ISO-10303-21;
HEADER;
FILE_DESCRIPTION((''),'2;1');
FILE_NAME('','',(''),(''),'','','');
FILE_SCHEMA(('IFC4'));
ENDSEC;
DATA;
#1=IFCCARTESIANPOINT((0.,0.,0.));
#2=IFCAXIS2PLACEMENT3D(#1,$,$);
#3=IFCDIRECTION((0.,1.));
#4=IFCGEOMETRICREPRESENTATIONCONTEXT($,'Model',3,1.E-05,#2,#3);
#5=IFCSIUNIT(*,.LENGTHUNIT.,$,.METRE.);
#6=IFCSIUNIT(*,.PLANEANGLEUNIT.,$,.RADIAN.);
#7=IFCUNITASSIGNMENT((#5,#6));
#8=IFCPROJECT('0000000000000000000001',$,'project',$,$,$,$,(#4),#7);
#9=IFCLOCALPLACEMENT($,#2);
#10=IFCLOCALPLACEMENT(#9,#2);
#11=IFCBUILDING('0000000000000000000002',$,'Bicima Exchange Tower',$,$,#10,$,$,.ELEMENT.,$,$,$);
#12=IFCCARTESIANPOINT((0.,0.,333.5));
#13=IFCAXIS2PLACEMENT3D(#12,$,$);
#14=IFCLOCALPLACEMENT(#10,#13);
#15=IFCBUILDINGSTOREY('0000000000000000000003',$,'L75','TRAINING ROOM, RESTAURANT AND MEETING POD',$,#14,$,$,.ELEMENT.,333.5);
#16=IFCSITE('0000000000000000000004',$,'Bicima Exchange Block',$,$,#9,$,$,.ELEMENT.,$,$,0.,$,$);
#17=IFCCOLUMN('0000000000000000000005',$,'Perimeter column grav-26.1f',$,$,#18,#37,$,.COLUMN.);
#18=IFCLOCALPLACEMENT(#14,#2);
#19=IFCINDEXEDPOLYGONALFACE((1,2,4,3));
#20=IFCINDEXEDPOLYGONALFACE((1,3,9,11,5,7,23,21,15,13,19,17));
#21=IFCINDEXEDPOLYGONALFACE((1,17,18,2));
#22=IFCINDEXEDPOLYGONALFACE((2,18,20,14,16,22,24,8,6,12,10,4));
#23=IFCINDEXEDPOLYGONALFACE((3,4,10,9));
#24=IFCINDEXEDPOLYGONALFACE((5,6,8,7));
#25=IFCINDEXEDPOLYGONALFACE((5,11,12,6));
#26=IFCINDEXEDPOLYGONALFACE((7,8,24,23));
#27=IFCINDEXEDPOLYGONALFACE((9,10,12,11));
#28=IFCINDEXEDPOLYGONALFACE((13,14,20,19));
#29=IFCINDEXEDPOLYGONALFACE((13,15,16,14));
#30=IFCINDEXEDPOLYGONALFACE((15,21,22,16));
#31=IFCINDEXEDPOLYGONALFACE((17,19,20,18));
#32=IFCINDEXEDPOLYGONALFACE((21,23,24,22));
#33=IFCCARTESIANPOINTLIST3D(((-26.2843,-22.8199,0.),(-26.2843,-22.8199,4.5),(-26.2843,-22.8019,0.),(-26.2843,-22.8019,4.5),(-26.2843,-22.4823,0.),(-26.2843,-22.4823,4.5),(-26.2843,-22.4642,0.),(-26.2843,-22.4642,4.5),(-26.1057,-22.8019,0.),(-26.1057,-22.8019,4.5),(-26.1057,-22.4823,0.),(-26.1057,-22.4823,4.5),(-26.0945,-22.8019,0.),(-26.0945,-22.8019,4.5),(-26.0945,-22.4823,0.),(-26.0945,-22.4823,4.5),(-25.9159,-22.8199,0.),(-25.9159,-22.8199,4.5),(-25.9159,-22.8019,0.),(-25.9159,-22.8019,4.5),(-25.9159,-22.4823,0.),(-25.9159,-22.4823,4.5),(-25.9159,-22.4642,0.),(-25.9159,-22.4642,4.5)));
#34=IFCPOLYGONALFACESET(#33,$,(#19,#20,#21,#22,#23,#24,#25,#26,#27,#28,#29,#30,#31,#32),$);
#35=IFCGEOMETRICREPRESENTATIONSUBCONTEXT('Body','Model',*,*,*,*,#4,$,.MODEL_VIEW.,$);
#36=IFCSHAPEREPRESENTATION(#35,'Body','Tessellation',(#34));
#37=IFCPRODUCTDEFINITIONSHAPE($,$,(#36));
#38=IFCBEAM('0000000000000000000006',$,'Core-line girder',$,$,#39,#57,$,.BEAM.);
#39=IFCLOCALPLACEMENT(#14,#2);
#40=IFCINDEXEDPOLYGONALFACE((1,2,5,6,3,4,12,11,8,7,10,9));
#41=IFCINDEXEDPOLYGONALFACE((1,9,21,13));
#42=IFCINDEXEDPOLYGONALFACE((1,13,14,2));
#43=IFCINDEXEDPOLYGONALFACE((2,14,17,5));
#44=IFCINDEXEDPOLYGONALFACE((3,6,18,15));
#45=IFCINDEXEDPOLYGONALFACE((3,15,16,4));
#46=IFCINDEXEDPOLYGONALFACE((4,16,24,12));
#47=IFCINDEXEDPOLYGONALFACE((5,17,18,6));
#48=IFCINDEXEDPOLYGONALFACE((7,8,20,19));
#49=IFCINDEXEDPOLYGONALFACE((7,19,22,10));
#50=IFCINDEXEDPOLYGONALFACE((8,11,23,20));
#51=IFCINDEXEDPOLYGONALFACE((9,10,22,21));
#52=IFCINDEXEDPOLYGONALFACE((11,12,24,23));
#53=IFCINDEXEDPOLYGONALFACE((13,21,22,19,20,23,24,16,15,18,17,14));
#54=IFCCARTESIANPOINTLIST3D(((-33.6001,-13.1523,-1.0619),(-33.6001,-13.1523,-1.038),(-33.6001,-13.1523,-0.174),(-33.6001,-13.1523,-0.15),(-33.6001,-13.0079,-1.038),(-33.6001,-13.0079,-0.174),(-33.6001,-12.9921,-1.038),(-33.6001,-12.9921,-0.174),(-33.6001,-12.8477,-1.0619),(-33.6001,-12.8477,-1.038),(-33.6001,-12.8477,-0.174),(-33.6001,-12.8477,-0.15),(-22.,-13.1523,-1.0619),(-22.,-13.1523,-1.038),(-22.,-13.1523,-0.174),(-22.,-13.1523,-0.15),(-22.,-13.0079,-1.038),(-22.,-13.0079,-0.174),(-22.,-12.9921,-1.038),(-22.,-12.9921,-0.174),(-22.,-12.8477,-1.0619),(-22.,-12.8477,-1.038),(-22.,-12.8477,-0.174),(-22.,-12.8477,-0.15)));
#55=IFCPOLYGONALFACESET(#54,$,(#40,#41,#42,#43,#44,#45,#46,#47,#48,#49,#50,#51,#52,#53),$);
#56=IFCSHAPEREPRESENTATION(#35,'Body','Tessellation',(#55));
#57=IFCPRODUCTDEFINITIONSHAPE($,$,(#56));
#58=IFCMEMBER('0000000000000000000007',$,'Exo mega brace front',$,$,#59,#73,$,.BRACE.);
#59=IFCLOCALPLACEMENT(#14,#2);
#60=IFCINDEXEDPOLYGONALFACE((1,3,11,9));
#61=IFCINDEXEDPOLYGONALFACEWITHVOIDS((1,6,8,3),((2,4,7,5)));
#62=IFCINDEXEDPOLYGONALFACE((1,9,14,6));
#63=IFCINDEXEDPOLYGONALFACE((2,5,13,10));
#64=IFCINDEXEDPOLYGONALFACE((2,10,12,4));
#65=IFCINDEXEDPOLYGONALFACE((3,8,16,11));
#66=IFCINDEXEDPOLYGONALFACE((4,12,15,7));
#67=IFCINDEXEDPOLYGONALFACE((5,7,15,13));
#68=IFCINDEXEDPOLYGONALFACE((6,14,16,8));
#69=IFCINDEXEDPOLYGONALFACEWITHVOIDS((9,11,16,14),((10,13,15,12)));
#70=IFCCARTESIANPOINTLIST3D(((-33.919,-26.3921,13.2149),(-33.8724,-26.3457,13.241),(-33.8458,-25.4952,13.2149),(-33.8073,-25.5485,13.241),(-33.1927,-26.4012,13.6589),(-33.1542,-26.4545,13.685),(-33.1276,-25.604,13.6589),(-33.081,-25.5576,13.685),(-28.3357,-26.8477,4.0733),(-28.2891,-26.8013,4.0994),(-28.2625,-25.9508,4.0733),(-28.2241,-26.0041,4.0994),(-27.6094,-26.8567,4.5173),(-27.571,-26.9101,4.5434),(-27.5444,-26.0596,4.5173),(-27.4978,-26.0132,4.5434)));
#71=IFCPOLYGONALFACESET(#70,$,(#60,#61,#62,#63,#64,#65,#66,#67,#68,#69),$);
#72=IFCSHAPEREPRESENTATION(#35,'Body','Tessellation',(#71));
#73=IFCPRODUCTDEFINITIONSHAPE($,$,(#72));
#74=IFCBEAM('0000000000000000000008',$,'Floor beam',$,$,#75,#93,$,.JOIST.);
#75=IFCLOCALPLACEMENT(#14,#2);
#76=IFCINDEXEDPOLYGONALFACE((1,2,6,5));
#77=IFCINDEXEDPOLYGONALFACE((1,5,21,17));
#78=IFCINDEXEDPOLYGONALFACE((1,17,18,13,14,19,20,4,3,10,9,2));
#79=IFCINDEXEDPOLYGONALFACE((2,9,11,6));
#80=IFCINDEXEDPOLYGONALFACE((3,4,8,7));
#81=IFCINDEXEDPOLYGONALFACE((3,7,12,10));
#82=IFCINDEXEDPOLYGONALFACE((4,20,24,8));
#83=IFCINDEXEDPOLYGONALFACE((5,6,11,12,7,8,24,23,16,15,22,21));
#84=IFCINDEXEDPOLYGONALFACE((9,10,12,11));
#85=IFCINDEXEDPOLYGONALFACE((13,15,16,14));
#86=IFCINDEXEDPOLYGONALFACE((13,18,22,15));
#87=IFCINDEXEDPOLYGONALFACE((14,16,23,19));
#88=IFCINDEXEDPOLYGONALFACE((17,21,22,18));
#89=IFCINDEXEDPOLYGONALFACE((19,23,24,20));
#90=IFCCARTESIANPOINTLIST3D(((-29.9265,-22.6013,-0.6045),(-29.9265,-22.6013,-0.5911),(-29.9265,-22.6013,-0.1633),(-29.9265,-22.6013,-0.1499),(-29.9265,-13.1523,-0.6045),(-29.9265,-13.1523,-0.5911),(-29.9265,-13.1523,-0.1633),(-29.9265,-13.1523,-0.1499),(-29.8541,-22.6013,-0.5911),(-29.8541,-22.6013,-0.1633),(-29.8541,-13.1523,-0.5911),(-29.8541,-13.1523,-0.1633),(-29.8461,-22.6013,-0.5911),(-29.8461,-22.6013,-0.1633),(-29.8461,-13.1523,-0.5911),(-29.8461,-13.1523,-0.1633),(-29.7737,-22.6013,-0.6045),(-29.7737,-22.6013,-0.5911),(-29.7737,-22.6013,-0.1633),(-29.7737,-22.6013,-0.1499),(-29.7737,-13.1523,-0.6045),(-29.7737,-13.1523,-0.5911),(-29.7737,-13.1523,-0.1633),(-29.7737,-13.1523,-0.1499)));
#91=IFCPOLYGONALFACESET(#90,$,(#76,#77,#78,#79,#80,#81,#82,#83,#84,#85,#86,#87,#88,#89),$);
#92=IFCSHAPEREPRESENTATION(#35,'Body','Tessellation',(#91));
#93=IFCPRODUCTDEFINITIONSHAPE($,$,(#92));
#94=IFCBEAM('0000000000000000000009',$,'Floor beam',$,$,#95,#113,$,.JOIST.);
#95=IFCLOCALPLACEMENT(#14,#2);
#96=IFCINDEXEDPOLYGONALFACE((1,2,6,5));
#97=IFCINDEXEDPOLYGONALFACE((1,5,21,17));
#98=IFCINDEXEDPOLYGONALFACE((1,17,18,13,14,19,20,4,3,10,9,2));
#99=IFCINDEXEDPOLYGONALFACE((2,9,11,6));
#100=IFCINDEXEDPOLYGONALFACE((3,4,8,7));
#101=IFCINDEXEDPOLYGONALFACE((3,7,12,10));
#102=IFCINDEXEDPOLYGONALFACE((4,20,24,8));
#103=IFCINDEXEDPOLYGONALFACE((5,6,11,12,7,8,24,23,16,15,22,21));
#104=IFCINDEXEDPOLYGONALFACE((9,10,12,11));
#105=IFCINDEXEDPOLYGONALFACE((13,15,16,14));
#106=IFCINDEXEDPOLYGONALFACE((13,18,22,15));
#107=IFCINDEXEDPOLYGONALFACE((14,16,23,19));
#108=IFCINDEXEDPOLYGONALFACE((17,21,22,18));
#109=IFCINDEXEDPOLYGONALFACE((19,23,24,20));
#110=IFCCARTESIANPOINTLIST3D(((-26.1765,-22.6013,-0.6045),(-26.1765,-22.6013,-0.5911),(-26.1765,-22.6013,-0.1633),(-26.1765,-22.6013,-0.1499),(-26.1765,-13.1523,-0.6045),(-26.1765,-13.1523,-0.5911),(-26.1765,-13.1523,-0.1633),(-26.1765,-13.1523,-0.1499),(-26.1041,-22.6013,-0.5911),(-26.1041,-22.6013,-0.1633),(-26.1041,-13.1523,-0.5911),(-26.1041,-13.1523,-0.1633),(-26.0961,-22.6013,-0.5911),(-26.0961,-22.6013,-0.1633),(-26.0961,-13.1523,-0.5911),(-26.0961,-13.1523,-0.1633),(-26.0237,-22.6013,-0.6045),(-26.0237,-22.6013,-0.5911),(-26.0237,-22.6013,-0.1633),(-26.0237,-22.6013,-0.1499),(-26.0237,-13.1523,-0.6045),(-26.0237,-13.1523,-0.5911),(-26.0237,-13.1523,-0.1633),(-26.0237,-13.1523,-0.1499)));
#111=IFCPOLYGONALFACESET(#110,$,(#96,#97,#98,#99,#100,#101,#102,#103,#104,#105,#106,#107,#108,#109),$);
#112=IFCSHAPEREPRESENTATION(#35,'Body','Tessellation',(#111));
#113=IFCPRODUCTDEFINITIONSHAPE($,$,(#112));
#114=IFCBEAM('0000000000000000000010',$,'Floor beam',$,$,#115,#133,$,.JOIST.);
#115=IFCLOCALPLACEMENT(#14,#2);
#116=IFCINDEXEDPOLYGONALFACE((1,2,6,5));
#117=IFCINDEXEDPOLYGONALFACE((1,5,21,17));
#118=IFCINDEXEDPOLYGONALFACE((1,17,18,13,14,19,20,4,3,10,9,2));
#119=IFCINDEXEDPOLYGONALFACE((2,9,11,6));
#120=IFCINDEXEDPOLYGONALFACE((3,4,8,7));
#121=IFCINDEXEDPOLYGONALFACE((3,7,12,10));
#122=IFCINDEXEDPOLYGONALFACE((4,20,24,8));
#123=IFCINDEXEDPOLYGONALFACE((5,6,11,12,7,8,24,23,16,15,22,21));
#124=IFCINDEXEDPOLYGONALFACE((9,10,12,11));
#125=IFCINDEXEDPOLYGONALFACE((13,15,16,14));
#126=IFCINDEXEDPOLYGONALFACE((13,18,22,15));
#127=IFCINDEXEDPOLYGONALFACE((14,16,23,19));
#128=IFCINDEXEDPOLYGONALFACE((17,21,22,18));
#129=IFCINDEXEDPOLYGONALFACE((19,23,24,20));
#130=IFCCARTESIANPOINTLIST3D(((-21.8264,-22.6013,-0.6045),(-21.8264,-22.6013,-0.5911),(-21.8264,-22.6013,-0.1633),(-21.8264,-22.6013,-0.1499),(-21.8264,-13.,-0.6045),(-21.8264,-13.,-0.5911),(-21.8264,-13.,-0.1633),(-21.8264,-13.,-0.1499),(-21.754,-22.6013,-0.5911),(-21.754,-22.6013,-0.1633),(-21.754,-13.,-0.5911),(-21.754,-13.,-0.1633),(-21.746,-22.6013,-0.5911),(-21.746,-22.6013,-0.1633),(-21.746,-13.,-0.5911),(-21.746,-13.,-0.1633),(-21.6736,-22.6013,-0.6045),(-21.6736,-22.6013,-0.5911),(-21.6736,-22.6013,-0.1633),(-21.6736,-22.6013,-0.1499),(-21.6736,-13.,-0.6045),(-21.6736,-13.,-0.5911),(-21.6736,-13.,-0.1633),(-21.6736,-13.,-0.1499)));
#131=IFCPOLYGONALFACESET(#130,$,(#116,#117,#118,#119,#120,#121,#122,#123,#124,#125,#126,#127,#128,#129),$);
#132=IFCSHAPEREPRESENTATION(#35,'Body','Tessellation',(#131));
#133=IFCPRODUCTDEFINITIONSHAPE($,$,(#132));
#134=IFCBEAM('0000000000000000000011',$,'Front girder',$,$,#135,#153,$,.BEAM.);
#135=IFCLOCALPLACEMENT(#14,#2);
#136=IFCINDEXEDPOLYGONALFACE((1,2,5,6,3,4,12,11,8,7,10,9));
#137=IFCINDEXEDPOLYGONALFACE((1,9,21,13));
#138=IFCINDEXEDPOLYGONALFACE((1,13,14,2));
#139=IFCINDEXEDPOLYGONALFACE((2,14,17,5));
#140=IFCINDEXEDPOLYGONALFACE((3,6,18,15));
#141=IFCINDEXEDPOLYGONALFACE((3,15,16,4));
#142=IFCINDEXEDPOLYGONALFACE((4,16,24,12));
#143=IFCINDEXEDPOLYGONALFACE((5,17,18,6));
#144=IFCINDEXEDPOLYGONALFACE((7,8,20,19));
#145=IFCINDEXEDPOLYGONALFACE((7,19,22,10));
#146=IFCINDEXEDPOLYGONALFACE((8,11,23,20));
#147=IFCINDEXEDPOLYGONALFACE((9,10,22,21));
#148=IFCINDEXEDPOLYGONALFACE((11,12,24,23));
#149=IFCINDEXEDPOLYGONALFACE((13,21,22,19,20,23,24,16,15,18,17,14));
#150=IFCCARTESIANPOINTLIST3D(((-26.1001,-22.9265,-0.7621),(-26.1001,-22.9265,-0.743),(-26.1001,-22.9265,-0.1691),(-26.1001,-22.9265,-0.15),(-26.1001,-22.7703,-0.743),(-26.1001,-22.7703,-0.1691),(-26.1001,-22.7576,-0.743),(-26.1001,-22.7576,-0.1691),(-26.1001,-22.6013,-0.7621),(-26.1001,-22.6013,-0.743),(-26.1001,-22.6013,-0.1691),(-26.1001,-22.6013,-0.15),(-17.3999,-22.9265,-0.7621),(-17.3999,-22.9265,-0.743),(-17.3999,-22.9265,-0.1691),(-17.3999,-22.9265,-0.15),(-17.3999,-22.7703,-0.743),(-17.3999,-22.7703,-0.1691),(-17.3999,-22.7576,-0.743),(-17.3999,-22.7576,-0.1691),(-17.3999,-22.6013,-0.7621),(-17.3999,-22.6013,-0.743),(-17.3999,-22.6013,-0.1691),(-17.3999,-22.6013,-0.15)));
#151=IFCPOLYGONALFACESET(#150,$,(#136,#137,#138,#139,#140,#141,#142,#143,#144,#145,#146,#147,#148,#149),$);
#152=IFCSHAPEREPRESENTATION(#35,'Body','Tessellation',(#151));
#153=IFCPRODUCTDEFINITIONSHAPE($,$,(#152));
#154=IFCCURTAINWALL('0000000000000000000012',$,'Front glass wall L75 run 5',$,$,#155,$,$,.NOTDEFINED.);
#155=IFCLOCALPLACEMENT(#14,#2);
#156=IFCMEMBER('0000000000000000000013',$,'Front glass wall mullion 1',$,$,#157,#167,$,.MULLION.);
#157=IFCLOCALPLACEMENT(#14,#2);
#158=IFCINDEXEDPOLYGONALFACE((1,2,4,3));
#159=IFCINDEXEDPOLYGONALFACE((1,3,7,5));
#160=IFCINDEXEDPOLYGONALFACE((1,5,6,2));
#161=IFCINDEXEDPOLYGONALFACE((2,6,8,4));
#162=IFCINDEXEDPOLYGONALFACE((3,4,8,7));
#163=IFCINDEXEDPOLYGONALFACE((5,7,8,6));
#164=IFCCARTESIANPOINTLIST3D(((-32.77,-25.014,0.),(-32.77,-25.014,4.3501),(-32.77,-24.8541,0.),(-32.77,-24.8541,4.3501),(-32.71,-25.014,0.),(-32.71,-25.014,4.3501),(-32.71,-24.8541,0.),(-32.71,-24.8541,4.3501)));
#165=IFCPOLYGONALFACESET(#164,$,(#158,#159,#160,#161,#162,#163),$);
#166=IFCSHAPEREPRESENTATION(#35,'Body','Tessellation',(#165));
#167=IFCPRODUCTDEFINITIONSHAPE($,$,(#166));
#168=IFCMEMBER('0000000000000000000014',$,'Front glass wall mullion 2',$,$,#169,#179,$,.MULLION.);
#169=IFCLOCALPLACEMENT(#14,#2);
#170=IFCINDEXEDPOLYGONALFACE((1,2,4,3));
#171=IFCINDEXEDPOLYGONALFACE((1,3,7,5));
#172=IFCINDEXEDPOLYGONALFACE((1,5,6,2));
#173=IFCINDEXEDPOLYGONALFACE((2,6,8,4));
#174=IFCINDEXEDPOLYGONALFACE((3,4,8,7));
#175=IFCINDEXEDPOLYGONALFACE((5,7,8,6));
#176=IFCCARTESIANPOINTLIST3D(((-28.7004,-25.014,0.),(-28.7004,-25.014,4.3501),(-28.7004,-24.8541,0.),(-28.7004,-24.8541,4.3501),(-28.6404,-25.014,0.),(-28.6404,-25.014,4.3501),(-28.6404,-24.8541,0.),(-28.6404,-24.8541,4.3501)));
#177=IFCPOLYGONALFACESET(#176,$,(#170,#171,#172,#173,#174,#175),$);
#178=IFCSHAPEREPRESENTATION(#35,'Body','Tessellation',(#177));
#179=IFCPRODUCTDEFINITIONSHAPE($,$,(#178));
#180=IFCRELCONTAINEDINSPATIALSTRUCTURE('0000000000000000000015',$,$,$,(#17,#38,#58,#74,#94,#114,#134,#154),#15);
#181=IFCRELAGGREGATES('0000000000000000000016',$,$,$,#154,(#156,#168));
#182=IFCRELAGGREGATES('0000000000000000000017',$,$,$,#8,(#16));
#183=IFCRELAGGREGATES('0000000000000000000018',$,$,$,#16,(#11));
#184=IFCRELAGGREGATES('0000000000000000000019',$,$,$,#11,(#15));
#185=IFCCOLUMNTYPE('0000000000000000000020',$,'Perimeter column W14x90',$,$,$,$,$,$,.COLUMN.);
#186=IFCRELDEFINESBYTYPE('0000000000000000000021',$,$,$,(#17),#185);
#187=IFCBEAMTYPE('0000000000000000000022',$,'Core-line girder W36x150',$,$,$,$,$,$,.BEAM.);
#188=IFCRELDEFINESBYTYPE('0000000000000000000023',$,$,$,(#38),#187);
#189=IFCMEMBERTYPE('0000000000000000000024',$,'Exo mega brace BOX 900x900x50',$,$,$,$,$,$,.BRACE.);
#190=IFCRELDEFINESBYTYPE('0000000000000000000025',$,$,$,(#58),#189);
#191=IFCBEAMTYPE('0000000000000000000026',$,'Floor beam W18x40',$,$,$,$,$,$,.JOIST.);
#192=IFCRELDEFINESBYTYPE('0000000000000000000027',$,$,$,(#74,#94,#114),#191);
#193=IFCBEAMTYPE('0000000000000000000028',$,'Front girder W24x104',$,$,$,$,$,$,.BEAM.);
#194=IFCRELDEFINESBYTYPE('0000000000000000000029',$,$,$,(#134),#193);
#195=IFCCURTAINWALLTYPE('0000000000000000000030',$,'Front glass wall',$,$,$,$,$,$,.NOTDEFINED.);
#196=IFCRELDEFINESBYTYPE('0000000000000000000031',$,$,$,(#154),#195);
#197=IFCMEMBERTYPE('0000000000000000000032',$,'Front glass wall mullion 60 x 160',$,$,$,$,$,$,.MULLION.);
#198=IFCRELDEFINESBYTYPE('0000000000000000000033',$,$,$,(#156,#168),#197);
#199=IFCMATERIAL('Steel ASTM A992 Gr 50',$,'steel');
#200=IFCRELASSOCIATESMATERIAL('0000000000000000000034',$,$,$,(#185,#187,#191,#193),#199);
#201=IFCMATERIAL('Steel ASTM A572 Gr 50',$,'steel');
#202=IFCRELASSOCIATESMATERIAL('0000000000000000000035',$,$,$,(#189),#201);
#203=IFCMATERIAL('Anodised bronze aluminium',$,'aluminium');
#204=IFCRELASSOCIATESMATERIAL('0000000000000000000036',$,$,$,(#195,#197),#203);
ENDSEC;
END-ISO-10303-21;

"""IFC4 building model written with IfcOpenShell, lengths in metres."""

from ifc_helpers import new_model, si_unit, direction, frame, origin, origin_2d, place, context, subcontext, project, spatial, rectangle, hollow_rectangle, i_section, extrude, material, material_profile, profile_set, type_object, element, aggregate, save


model = new_model("IFC4")

# Units and contexts
model_context = context("Model", 3, precision=1e-05, world=origin(), true_north=direction((0.0, 1.0)))
body_context = subcontext(model_context, "Body", "Model", "MODEL_VIEW")
ifc_project = project(units=[si_unit("LENGTHUNIT", "METRE"), si_unit("PLANEANGLEUNIT", "RADIAN")], contexts=[model_context])

# Site, building, storey
site_placement = place(None, origin())
site = spatial("IfcSite", under=ifc_project, at=site_placement, Name="Bicima Exchange Block", CompositionType="ELEMENT", RefElevation=0.0)
building_placement = place(site_placement, origin())
building = spatial("IfcBuilding", under=site, at=building_placement, Name="Bicima Exchange Tower", CompositionType="ELEMENT")
storey_placement = place(building_placement, frame((0.0, 0.0, 333.5)))
storey = spatial("IfcBuildingStorey", under=building, at=storey_placement, Name="L75", Description="TRAINING ROOM, RESTAURANT AND MEETING POD", CompositionType="ELEMENT", Elevation=333.5)

# Column
ifc_material_1 = material(Name="Steel ASTM A992 Gr 50", Category="steel")
ifc_material_profile_1 = material_profile(ifc_material_1, i_section(OverallWidth=0.3684, OverallDepth=0.3557, WebThickness=0.0112, FlangeThickness=0.0181, at=origin_2d()))
ifc_profile_set_1 = profile_set([ifc_material_profile_1], Name="Steel ASTM A992 Gr 50")
column_type = type_object("IfcColumnType", Name="Perimeter column W14x90", PredefinedType="COLUMN", material=ifc_profile_set_1)
column_placement = place(storey_placement, frame((-26.1001, -22.6421, 0.0), z_axis=(0.0, 0.0, 1.0), x_axis=(1.0, 0.0, 0.0)))
element("IfcColumn", 1, at=column_placement, inside=storey, type_object=column_type, Name="Perimeter column grav-26.1f", PredefinedType="COLUMN", context=body_context, shape_type="SweptSolid", body=[
    extrude(i_section(OverallWidth=0.3684, OverallDepth=0.3557, WebThickness=0.0112, FlangeThickness=0.0181, at=origin_2d()), origin(), (0.0, 0.0, 1.0), 4.5),
])

# Beam
ifc_material_profile_2 = material_profile(ifc_material_1, i_section(OverallWidth=0.3047, OverallDepth=0.9119, WebThickness=0.0159, FlangeThickness=0.0239, at=origin_2d()))
ifc_profile_set_2 = profile_set([ifc_material_profile_2], Name="Steel ASTM A992 Gr 50")
beam_type_1 = type_object("IfcBeamType", Name="Core-line girder W36x150", PredefinedType="BEAM", material=ifc_profile_set_2)
beam_1_placement = place(storey_placement, frame((-22.0, -13.0, -0.606), z_axis=(-1.0, 0.0, 0.0), x_axis=(0.0, -1.0, 0.0)))
element("IfcBeam", 2, at=beam_1_placement, inside=storey, type_object=beam_type_1, Name="Core-line girder", PredefinedType="BEAM", context=body_context, shape_type="SweptSolid", body=[
    extrude(i_section(OverallWidth=0.3047, OverallDepth=0.9119, WebThickness=0.0159, FlangeThickness=0.0239, at=origin_2d()), origin(), (0.0, 0.0, 1.0), 11.6001),
])

# Member
ifc_material_2 = material(Name="Steel ASTM A572 Gr 50", Category="steel")
ifc_material_profile_3 = material_profile(ifc_material_2, hollow_rectangle(XDim=0.8999, YDim=0.8999, WallThickness=0.05, at=origin_2d()))
ifc_profile_set_3 = profile_set([ifc_material_profile_3], Name="Steel ASTM A572 Gr 50")
member_type_1 = type_object("IfcMemberType", Name="Exo mega brace BOX 900x900x50", PredefinedType="BRACE", material=ifc_profile_set_3)
member_1_placement = place(storey_placement, frame((-27.9167, -26.4304, 4.3083), z_axis=(-0.520756, 0.042491, 0.852647), x_axis=(-0.081325, -0.996688, 0.0)))
element("IfcMember", 3, at=member_1_placement, inside=storey, type_object=member_type_1, Name="Exo mega brace front", PredefinedType="BRACE", context=body_context, shape_type="SweptSolid", body=[
    extrude(hollow_rectangle(XDim=0.8999, YDim=0.8999, WallThickness=0.05, at=origin_2d()), origin(), (0.0, 0.0, 1.0), 10.7214),
])

# Beams
ifc_material_profile_4 = material_profile(ifc_material_1, i_section(OverallWidth=0.1528, OverallDepth=0.4546, WebThickness=0.0081, FlangeThickness=0.0134, at=origin_2d()))
ifc_profile_set_4 = profile_set([ifc_material_profile_4], Name="Steel ASTM A992 Gr 50")
beam_type_2 = type_object("IfcBeamType", Name="Floor beam W18x40", PredefinedType="JOIST", material=ifc_profile_set_4)
for number, where, z_axis, x_axis, name in (
    (4, (-29.8501, -13.1523, -0.3772), (0.0, -1.0, 0.0), (1.0, 0.0, 0.0), "Floor beam"),
    (5, (-26.1001, -13.1523, -0.3772), (0.0, -1.0, 0.0), (1.0, 0.0, 0.0), "Floor beam"),
):
    element("IfcBeam", number, at=place(storey_placement, frame(where, z_axis=z_axis, x_axis=x_axis)), inside=storey, type_object=beam_type_2, Name=name, PredefinedType="JOIST", context=body_context, shape_type="SweptSolid", body=[
        extrude(i_section(OverallWidth=0.1528, OverallDepth=0.4546, WebThickness=0.0081, FlangeThickness=0.0134, at=origin_2d()), origin(), (0.0, 0.0, 1.0), 9.449),
    ])
beam_2_placement = place(storey_placement, frame((-21.75, -13.0, -0.3772), z_axis=(0.0, -1.0, 0.0), x_axis=(1.0, 0.0, 0.0)))
element("IfcBeam", 6, at=beam_2_placement, inside=storey, type_object=beam_type_2, Name="Floor beam", PredefinedType="JOIST", context=body_context, shape_type="SweptSolid", body=[
    extrude(i_section(OverallWidth=0.1528, OverallDepth=0.4546, WebThickness=0.0081, FlangeThickness=0.0134, at=origin_2d()), origin(), (0.0, 0.0, 1.0), 9.6013),
])
ifc_material_profile_5 = material_profile(ifc_material_1, i_section(OverallWidth=0.3252, OverallDepth=0.6121, WebThickness=0.0127, FlangeThickness=0.019, at=origin_2d()))
ifc_profile_set_5 = profile_set([ifc_material_profile_5], Name="Steel ASTM A992 Gr 50")
beam_type_3 = type_object("IfcBeamType", Name="Front girder W24x104", PredefinedType="BEAM", material=ifc_profile_set_5)
beam_3_placement = place(storey_placement, frame((-26.1001, -22.7639, -0.4561), z_axis=(1.0, 0.0, 0.0), x_axis=(0.0, 1.0, 0.0)))
element("IfcBeam", 7, at=beam_3_placement, inside=storey, type_object=beam_type_3, Name="Front girder", PredefinedType="BEAM", context=body_context, shape_type="SweptSolid", body=[
    extrude(i_section(OverallWidth=0.3252, OverallDepth=0.6121, WebThickness=0.0127, FlangeThickness=0.019, at=origin_2d()), origin(), (0.0, 0.0, 1.0), 8.7002),
])

# Curtain wall, members
ifc_material_3 = material(Name="Anodised bronze aluminium", Category="aluminium")
curtain_wall_type = type_object("IfcCurtainWallType", Name="Front glass wall", PredefinedType="NOTDEFINED", material=ifc_material_3)
curtain_wall_placement = place(storey_placement, origin())
curtain_wall = element("IfcCurtainWall", 8, at=curtain_wall_placement, inside=storey, type_object=curtain_wall_type, Name="Front glass wall L75 run 5", PredefinedType="NOTDEFINED")
ifc_material_profile_6 = material_profile(ifc_material_3, rectangle(XDim=0.1599, YDim=0.0601, at=origin_2d()))
ifc_profile_set_6 = profile_set([ifc_material_profile_6], Name="Anodised bronze aluminium")
member_type_2 = type_object("IfcMemberType", Name="Front glass wall mullion 60 x 160", PredefinedType="MULLION", material=ifc_profile_set_6)
member_2_placement = place(storey_placement, frame((-32.74, -24.9341, 0.0), z_axis=(0.0, 0.0, 1.0), x_axis=(0.0, 1.0, 0.0)))
member_2 = element("IfcMember", 9, at=member_2_placement, type_object=member_type_2, Name="Front glass wall mullion 1", PredefinedType="MULLION", context=body_context, shape_type="SweptSolid", body=[
    extrude(rectangle(XDim=0.1599, YDim=0.0601, at=origin_2d()), origin(), (0.0, 0.0, 1.0), 4.3501),
])
member_3_placement = place(storey_placement, frame((-28.6704, -24.9341, 0.0), z_axis=(0.0, 0.0, 1.0), x_axis=(0.0, 1.0, 0.0)))
member_3 = element("IfcMember", 10, at=member_3_placement, type_object=member_type_2, Name="Front glass wall mullion 2", PredefinedType="MULLION", context=body_context, shape_type="SweptSolid", body=[
    extrude(rectangle(XDim=0.1599, YDim=0.0601, at=origin_2d()), origin(), (0.0, 0.0, 1.0), 4.3501),
])
aggregate(curtain_wall, [member_2, member_3])

save(model, "model.ifc")
